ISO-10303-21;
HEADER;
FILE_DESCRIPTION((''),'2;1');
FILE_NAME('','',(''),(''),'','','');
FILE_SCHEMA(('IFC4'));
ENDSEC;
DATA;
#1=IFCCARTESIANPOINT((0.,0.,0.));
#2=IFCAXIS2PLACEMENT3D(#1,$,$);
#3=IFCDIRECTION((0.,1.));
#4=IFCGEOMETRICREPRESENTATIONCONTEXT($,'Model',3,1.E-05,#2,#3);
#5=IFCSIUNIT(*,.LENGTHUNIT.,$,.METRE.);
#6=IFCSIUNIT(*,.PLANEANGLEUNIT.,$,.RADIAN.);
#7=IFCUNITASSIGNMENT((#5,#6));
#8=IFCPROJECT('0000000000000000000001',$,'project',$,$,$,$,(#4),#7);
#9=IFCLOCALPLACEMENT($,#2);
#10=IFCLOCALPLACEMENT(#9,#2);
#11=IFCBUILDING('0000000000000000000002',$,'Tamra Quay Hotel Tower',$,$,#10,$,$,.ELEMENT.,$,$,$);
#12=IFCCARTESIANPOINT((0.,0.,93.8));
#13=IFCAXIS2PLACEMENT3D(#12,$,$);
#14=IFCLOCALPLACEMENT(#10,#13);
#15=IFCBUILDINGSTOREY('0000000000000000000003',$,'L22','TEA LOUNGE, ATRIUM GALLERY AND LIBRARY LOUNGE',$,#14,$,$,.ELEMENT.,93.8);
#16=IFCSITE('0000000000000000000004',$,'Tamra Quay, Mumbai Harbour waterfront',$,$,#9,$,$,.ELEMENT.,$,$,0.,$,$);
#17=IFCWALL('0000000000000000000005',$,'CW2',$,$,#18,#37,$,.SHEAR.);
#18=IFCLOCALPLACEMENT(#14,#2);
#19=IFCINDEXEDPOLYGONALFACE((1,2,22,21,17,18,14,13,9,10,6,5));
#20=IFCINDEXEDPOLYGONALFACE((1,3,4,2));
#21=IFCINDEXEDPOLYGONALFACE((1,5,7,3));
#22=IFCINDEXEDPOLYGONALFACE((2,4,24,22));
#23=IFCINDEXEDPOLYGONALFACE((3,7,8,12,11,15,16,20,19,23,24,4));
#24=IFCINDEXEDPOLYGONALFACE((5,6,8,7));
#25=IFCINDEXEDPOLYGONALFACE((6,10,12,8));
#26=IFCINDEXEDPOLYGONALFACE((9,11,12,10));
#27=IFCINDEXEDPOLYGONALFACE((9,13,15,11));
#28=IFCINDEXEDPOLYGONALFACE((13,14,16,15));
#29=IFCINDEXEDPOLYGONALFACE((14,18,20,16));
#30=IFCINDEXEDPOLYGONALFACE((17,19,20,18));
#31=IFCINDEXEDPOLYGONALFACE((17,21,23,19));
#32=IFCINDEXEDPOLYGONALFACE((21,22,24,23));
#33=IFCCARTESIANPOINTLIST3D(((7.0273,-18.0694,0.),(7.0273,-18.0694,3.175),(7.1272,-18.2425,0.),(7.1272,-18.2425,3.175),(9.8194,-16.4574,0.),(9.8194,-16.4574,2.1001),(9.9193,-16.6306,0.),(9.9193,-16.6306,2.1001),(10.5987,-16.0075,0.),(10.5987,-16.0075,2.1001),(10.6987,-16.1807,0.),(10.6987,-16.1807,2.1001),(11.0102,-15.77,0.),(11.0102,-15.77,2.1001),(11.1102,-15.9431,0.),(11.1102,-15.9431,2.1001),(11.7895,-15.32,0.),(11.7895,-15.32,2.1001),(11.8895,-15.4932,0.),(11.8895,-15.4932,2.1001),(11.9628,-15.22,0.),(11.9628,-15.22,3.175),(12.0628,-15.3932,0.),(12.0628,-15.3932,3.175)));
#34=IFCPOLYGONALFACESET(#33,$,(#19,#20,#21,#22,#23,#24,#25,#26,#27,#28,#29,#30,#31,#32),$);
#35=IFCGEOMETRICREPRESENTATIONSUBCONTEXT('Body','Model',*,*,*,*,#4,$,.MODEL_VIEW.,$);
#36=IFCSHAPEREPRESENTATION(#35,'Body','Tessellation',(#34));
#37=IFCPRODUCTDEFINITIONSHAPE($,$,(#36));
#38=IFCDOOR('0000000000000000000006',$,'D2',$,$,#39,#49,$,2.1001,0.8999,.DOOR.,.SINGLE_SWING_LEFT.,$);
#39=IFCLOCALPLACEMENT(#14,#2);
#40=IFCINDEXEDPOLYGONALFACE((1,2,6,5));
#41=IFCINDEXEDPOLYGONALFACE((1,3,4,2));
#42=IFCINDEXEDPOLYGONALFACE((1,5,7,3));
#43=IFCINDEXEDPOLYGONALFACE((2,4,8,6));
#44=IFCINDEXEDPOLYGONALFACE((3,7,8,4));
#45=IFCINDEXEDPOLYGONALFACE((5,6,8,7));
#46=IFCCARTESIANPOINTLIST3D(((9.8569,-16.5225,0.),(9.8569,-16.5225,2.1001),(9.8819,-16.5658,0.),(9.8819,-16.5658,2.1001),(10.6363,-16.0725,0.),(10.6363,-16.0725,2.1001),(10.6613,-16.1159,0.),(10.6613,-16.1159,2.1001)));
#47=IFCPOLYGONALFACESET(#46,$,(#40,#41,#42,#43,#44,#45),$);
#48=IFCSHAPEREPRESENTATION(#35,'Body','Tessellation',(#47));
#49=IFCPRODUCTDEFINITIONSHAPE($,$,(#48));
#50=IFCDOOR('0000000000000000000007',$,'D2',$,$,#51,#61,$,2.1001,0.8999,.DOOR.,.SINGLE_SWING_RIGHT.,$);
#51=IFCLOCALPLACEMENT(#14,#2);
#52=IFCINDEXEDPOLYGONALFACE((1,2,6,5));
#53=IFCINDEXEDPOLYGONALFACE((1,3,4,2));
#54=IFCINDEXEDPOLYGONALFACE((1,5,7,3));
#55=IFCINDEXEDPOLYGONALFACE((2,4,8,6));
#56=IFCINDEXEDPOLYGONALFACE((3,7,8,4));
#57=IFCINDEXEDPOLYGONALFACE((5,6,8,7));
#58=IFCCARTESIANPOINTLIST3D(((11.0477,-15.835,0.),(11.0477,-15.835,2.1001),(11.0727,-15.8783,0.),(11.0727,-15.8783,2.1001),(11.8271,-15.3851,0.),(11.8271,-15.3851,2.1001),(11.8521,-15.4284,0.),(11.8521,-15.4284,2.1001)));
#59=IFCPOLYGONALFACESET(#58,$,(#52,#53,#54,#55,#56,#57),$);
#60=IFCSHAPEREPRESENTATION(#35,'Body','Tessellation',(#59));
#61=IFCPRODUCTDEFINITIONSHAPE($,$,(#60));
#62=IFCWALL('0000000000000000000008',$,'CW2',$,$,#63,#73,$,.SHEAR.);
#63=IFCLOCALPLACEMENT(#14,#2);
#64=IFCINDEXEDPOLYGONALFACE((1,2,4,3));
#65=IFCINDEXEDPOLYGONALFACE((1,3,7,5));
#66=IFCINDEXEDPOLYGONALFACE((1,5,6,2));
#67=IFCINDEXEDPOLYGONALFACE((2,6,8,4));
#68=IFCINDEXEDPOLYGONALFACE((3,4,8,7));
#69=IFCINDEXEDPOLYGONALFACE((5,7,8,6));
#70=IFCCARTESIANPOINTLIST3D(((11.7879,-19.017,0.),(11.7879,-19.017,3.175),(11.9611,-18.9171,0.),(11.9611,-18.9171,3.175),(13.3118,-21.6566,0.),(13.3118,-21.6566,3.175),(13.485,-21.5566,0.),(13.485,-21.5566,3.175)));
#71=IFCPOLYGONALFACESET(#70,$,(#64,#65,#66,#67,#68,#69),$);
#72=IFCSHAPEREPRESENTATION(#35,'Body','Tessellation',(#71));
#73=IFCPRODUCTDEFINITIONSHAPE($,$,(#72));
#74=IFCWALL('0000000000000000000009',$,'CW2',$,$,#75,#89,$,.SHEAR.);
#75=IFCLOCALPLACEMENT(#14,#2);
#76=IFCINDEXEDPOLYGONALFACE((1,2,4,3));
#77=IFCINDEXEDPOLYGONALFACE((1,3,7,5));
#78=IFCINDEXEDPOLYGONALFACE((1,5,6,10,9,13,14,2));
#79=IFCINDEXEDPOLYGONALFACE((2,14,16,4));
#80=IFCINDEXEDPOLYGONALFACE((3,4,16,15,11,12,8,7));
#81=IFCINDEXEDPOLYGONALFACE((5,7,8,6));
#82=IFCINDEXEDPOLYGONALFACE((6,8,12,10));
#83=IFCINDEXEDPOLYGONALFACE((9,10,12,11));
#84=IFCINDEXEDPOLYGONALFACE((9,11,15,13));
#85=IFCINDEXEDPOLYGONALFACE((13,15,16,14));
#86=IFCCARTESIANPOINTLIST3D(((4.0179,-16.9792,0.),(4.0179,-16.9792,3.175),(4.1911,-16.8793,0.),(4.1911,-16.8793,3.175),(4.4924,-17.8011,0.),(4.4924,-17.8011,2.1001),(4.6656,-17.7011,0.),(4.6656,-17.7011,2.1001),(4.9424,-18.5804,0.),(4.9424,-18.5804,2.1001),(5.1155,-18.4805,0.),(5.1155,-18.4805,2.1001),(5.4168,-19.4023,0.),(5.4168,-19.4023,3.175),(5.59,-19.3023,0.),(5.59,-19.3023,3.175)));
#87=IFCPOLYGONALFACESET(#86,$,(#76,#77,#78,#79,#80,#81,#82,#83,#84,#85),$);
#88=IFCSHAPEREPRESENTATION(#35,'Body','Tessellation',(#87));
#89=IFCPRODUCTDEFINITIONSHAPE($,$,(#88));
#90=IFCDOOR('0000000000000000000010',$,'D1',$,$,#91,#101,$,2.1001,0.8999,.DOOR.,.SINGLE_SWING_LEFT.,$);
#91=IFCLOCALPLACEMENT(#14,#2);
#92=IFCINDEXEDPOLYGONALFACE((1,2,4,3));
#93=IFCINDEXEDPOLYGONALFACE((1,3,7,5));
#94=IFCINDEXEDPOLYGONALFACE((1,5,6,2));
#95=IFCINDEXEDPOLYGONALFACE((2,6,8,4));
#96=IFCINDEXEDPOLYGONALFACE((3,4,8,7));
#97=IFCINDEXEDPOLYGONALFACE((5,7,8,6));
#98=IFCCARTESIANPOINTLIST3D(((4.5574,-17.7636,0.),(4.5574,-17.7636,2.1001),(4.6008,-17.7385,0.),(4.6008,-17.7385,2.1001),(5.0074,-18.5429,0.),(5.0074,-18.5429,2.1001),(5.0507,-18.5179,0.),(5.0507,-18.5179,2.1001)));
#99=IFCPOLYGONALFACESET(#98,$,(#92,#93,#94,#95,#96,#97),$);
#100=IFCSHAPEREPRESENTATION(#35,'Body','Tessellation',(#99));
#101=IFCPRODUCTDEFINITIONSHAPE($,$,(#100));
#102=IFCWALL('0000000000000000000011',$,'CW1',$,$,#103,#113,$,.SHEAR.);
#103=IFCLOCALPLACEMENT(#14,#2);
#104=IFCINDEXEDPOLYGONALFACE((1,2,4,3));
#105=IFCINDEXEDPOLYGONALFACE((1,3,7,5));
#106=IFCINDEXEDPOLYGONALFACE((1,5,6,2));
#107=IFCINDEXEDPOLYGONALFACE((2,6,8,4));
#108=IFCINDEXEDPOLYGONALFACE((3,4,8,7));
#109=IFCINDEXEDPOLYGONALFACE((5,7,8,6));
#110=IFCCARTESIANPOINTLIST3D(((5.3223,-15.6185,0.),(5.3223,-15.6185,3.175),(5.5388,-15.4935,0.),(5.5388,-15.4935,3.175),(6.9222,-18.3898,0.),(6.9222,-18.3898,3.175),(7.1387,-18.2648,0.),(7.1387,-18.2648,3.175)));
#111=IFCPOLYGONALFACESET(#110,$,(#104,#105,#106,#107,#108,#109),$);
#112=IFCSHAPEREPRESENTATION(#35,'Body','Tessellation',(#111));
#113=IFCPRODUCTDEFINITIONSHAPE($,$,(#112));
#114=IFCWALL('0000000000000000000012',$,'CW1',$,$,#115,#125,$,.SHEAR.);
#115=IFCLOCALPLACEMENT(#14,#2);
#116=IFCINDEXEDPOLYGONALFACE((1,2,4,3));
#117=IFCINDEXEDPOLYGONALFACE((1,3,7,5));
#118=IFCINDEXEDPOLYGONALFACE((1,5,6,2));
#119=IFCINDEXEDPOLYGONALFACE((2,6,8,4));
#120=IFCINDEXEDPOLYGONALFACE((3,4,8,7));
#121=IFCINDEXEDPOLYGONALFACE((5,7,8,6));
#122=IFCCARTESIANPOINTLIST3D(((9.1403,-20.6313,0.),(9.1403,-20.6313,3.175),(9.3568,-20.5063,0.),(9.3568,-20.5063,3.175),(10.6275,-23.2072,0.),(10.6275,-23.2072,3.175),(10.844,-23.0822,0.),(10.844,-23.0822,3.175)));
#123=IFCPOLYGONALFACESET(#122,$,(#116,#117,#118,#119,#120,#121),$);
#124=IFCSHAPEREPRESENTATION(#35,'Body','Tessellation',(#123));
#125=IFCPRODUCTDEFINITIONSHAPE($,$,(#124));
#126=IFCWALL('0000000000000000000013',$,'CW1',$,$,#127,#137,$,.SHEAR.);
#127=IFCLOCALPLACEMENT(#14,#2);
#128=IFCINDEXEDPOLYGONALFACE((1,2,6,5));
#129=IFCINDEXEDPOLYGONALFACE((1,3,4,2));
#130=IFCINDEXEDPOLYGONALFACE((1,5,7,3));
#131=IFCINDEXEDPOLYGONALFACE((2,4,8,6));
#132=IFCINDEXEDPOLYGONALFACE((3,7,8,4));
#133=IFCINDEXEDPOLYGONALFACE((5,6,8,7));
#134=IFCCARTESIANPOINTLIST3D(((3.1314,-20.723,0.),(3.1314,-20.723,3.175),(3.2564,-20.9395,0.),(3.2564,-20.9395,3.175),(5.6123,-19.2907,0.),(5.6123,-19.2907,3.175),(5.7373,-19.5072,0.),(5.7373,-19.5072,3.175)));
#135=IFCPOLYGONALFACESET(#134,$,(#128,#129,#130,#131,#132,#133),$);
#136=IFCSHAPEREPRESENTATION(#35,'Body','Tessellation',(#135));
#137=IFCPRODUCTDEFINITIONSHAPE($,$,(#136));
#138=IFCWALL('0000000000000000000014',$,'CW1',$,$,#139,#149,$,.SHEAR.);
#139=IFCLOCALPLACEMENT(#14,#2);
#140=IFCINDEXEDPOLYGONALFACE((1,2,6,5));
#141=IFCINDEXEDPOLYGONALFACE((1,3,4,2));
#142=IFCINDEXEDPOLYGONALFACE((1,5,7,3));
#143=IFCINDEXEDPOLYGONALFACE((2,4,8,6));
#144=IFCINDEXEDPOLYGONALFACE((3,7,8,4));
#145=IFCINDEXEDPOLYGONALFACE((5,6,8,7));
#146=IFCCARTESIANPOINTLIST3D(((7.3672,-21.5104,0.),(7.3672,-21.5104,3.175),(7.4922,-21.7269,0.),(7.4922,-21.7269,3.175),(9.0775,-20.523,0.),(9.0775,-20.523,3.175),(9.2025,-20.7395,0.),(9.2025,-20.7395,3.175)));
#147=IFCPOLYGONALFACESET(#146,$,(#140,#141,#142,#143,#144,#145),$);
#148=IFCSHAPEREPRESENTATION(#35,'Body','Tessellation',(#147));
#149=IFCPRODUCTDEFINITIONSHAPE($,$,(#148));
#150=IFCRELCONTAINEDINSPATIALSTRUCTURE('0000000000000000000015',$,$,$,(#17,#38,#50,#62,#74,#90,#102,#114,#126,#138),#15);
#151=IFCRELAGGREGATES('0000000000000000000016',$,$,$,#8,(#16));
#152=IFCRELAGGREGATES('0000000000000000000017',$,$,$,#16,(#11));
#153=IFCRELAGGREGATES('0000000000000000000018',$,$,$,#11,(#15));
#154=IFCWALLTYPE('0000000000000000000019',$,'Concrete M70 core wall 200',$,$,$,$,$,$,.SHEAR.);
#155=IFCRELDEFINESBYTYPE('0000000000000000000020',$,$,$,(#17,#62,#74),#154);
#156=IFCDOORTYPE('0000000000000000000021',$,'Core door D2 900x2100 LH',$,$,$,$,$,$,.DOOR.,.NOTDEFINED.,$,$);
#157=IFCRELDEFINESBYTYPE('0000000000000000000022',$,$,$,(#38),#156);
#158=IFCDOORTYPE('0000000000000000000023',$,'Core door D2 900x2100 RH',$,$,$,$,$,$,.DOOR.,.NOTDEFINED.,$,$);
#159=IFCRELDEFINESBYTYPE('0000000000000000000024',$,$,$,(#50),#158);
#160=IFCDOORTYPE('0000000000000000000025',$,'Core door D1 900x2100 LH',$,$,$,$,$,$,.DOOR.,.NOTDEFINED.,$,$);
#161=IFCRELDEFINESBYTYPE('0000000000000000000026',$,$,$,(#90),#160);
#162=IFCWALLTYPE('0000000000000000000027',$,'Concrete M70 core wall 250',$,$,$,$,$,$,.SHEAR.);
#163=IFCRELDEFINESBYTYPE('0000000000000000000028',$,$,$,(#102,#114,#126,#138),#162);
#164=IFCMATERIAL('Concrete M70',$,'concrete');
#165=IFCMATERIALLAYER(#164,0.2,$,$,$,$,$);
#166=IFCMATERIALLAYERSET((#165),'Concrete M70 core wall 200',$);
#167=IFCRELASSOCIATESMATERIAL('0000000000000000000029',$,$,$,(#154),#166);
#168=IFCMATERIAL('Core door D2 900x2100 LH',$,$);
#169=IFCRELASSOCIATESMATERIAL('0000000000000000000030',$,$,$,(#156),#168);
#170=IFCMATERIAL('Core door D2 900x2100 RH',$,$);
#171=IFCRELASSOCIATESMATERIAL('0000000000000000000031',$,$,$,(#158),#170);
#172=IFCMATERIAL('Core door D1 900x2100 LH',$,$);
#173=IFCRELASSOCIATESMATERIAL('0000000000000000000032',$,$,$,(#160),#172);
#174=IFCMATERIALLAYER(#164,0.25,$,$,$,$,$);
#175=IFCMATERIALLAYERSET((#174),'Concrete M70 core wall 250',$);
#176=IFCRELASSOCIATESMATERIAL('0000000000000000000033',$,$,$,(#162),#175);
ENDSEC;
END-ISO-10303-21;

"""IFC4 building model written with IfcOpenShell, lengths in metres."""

from ifc_helpers import new_model, si_unit, direction, frame, frame_2d, origin, place, context, subcontext, project, spatial, rectangle, extrude, material, layer, layer_set, type_object, element, fill, save


model = new_model("IFC4")

# Units and contexts
model_context = context("Model", 3, precision=1e-05, world=origin(), true_north=direction((0.0, 1.0)))
body_context = subcontext(model_context, "Body", "Model", "MODEL_VIEW")
ifc_project = project(units=[si_unit("LENGTHUNIT", "METRE"), si_unit("PLANEANGLEUNIT", "RADIAN")], contexts=[model_context])

# Site, building, storey
site_placement = place(None, origin())
site = spatial("IfcSite", under=ifc_project, at=site_placement, Name="Tamra Quay, Mumbai Harbour waterfront", CompositionType="ELEMENT", RefElevation=0.0)
building_placement = place(site_placement, origin())
building = spatial("IfcBuilding", under=site, at=building_placement, Name="Tamra Quay Hotel Tower", CompositionType="ELEMENT")
storey_placement = place(building_placement, frame((0.0, 0.0, 93.8)))
storey = spatial("IfcBuildingStorey", under=building, at=storey_placement, Name="L22", Description="TEA LOUNGE, ATRIUM GALLERY AND LIBRARY LOUNGE", CompositionType="ELEMENT", Elevation=93.8)

# Shared definitions
ifc_material_1 = material(Name="Concrete M70", Category="concrete")

# Wall, openings, doors
ifc_layer_1 = layer(ifc_material_1, 0.2)
ifc_layer_set_1 = layer_set([ifc_layer_1], Name="Concrete M70 core wall 200")
wall_type_1 = type_object("IfcWallType", Name="Concrete M70 core wall 200", PredefinedType="SHEAR", material=ifc_layer_set_1)
wall_1_placement = place(storey_placement, frame((7.0771, -18.156, 0.0), z_axis=(0.0, 0.0, 1.0), x_axis=(0.866039, 0.499977, 0.0)))
wall_1 = element("IfcWall", 1, at=wall_1_placement, inside=storey, type_object=wall_type_1, Name="CW2", PredefinedType="SHEAR", context=body_context, shape_type="SweptSolid", body=[
    extrude(rectangle(XDim=5.699, YDim=0.2, at=frame_2d((2.8496, 0.0))), origin(), (0.0, 0.0, 1.0), 3.175),
])
opening_1_placement = place(wall_1_placement, frame((3.2241, 0.0, 0.0)))
opening_1 = element("IfcOpeningElement", 2, at=opening_1_placement, cuts=wall_1, PredefinedType="OPENING", context=body_context, shape_type="SweptSolid", body=[
    extrude(rectangle(XDim=0.8999, YDim=2.1001, at=frame_2d((0.45, 1.05))), frame((0.0, 0.1099, 0.0), z_axis=(0.0, -1.0, 0.0), x_axis=(1.0, 0.0, 0.0)), (0.0, 0.0, 1.0), 0.22),
])
opening_2_placement = place(wall_1_placement, frame((4.5991, 0.0, 0.0)))
opening_2 = element("IfcOpeningElement", 3, at=opening_2_placement, cuts=wall_1, PredefinedType="OPENING", context=body_context, shape_type="SweptSolid", body=[
    extrude(rectangle(XDim=0.8999, YDim=2.1001, at=frame_2d((0.45, 1.05))), frame((0.0, 0.1099, 0.0), z_axis=(0.0, -1.0, 0.0), x_axis=(1.0, 0.0, 0.0)), (0.0, 0.0, 1.0), 0.22),
])
ifc_material_2 = material(Name="Core door D2 900x2100 LH")
door_type_1 = type_object("IfcDoorType", Name="Core door D2 900x2100 LH", OperationType="NOTDEFINED", PredefinedType="DOOR", material=ifc_material_2)
door_1_placement = place(opening_1_placement, origin())
door_1 = element("IfcDoor", 4, at=door_1_placement, inside=storey, type_object=door_type_1, Name="D2", OperationType="SINGLE_SWING_LEFT", OverallHeight=2.1001, OverallWidth=0.8999, PredefinedType="DOOR", context=body_context, shape_type="SweptSolid", body=[
    extrude(rectangle(XDim=0.8999, YDim=2.1001, at=frame_2d((0.45, 1.05))), frame((0.0, 0.0249, 0.0), z_axis=(0.0, -1.0, 0.0), x_axis=(1.0, 0.0, 0.0)), (0.0, 0.0, 1.0), 0.05),
])
fill(opening_1, door_1)
ifc_material_3 = material(Name="Core door D2 900x2100 RH")
door_type_2 = type_object("IfcDoorType", Name="Core door D2 900x2100 RH", OperationType="NOTDEFINED", PredefinedType="DOOR", material=ifc_material_3)
door_2_placement = place(opening_2_placement, origin())
door_2 = element("IfcDoor", 5, at=door_2_placement, inside=storey, type_object=door_type_2, Name="D2", OperationType="SINGLE_SWING_RIGHT", OverallHeight=2.1001, OverallWidth=0.8999, PredefinedType="DOOR", context=body_context, shape_type="SweptSolid", body=[
    extrude(rectangle(XDim=0.8999, YDim=2.1001, at=frame_2d((0.45, 1.05))), frame((0.0, 0.0249, 0.0), z_axis=(0.0, -1.0, 0.0), x_axis=(1.0, 0.0, 0.0)), (0.0, 0.0, 1.0), 0.05),
])
fill(opening_2, door_2)

# Wall
wall_2_placement = place(storey_placement, frame((11.8745, -18.967, 0.0), z_axis=(0.0, 0.0, 1.0), x_axis=(0.499981, -0.866036, 0.0)))
element("IfcWall", 6, at=wall_2_placement, inside=storey, type_object=wall_type_1, Name="CW2", PredefinedType="SHEAR", context=body_context, shape_type="SweptSolid", body=[
    extrude(rectangle(XDim=3.0479, YDim=0.2, at=frame_2d((1.5239, 0.0))), origin(), (0.0, 0.0, 1.0), 3.175),
])

# Wall, opening, door
wall_3_placement = place(storey_placement, frame((5.5034, -19.3523, 0.0), z_axis=(0.0, 0.0, 1.0), x_axis=(-0.499987, 0.866033, 0.0)))
wall_3 = element("IfcWall", 7, at=wall_3_placement, inside=storey, type_object=wall_type_1, Name="CW2", PredefinedType="SHEAR", context=body_context, shape_type="SweptSolid", body=[
    extrude(rectangle(XDim=2.7979, YDim=0.2, at=frame_2d((1.3989, 0.0))), origin(), (0.0, 0.0, 1.0), 3.175),
])
opening_3_placement = place(wall_3_placement, frame((0.949, 0.0, 0.0)))
opening_3 = element("IfcOpeningElement", 8, at=opening_3_placement, cuts=wall_3, PredefinedType="OPENING", context=body_context, shape_type="SweptSolid", body=[
    extrude(rectangle(XDim=0.8999, YDim=2.1001, at=frame_2d((0.45, 1.05))), frame((0.0, 0.1099, 0.0), z_axis=(0.0, -1.0, 0.0), x_axis=(1.0, 0.0, 0.0)), (0.0, 0.0, 1.0), 0.22),
])
ifc_material_4 = material(Name="Core door D1 900x2100 LH")
door_type_3 = type_object("IfcDoorType", Name="Core door D1 900x2100 LH", OperationType="NOTDEFINED", PredefinedType="DOOR", material=ifc_material_4)
door_3_placement = place(opening_3_placement, origin())
door_3 = element("IfcDoor", 9, at=door_3_placement, inside=storey, type_object=door_type_3, Name="D1", OperationType="SINGLE_SWING_LEFT", OverallHeight=2.1001, OverallWidth=0.8999, PredefinedType="DOOR", context=body_context, shape_type="SweptSolid", body=[
    extrude(rectangle(XDim=0.8999, YDim=2.1001, at=frame_2d((0.45, 1.05))), frame((0.0, 0.0249, 0.0), z_axis=(0.0, -1.0, 0.0), x_axis=(1.0, 0.0, 0.0)), (0.0, 0.0, 1.0), 0.05),
])
fill(opening_3, door_3)

# Walls
ifc_layer_2 = layer(ifc_material_1, 0.25)
ifc_layer_set_2 = layer_set([ifc_layer_2], Name="Concrete M70 core wall 250")
wall_type_2 = type_object("IfcWallType", Name="Concrete M70 core wall 250", PredefinedType="SHEAR", material=ifc_layer_set_2)
wall_4_placement = place(storey_placement, frame((7.0305, -18.3274, 0.0), z_axis=(0.0, 0.0, 1.0), x_axis=(-0.499971, 0.866042, 0.0)))
element("IfcWall", 10, at=wall_4_placement, inside=storey, type_object=wall_type_2, Name="CW1", PredefinedType="SHEAR", context=body_context, shape_type="SweptSolid", body=[
    extrude(rectangle(XDim=3.2, YDim=0.25, at=frame_2d((1.6001, 0.0))), origin(), (0.0, 0.0, 1.0), 3.175),
])
wall_5_placement = place(storey_placement, frame((10.7358, -23.1448, 0.0), z_axis=(0.0, 0.0, 1.0), x_axis=(-0.500023, 0.866012, 0.0)))
element("IfcWall", 11, at=wall_5_placement, inside=storey, type_object=wall_type_2, Name="CW1", PredefinedType="SHEAR", context=body_context, shape_type="SweptSolid", body=[
    extrude(rectangle(XDim=2.9744, YDim=0.25, at=frame_2d((1.4873, 0.0))), origin(), (0.0, 0.0, 1.0), 3.175),
])
wall_6_placement = place(storey_placement, frame((5.6748, -19.3989, 0.0), z_axis=(0.0, 0.0, 1.0), x_axis=(-0.866027, -0.499998, 0.0)))
element("IfcWall", 12, at=wall_6_placement, inside=storey, type_object=wall_type_2, Name="CW1", PredefinedType="SHEAR", context=body_context, shape_type="SweptSolid", body=[
    extrude(rectangle(XDim=2.8647, YDim=0.25, at=frame_2d((1.4324, 0.0))), origin(), (0.0, 0.0, 1.0), 3.175),
])
wall_7_placement = place(storey_placement, frame((9.1399, -20.6313, 0.0), z_axis=(0.0, 0.0, 1.0), x_axis=(-0.866044, -0.499969, 0.0)))
element("IfcWall", 13, at=wall_7_placement, inside=storey, type_object=wall_type_2, Name="CW1", PredefinedType="SHEAR", context=body_context, shape_type="SweptSolid", body=[
    extrude(rectangle(XDim=1.9749, YDim=0.25, at=frame_2d((0.9873, 0.0))), origin(), (0.0, 0.0, 1.0), 3.175),
])

save(model, "model.ifc")
